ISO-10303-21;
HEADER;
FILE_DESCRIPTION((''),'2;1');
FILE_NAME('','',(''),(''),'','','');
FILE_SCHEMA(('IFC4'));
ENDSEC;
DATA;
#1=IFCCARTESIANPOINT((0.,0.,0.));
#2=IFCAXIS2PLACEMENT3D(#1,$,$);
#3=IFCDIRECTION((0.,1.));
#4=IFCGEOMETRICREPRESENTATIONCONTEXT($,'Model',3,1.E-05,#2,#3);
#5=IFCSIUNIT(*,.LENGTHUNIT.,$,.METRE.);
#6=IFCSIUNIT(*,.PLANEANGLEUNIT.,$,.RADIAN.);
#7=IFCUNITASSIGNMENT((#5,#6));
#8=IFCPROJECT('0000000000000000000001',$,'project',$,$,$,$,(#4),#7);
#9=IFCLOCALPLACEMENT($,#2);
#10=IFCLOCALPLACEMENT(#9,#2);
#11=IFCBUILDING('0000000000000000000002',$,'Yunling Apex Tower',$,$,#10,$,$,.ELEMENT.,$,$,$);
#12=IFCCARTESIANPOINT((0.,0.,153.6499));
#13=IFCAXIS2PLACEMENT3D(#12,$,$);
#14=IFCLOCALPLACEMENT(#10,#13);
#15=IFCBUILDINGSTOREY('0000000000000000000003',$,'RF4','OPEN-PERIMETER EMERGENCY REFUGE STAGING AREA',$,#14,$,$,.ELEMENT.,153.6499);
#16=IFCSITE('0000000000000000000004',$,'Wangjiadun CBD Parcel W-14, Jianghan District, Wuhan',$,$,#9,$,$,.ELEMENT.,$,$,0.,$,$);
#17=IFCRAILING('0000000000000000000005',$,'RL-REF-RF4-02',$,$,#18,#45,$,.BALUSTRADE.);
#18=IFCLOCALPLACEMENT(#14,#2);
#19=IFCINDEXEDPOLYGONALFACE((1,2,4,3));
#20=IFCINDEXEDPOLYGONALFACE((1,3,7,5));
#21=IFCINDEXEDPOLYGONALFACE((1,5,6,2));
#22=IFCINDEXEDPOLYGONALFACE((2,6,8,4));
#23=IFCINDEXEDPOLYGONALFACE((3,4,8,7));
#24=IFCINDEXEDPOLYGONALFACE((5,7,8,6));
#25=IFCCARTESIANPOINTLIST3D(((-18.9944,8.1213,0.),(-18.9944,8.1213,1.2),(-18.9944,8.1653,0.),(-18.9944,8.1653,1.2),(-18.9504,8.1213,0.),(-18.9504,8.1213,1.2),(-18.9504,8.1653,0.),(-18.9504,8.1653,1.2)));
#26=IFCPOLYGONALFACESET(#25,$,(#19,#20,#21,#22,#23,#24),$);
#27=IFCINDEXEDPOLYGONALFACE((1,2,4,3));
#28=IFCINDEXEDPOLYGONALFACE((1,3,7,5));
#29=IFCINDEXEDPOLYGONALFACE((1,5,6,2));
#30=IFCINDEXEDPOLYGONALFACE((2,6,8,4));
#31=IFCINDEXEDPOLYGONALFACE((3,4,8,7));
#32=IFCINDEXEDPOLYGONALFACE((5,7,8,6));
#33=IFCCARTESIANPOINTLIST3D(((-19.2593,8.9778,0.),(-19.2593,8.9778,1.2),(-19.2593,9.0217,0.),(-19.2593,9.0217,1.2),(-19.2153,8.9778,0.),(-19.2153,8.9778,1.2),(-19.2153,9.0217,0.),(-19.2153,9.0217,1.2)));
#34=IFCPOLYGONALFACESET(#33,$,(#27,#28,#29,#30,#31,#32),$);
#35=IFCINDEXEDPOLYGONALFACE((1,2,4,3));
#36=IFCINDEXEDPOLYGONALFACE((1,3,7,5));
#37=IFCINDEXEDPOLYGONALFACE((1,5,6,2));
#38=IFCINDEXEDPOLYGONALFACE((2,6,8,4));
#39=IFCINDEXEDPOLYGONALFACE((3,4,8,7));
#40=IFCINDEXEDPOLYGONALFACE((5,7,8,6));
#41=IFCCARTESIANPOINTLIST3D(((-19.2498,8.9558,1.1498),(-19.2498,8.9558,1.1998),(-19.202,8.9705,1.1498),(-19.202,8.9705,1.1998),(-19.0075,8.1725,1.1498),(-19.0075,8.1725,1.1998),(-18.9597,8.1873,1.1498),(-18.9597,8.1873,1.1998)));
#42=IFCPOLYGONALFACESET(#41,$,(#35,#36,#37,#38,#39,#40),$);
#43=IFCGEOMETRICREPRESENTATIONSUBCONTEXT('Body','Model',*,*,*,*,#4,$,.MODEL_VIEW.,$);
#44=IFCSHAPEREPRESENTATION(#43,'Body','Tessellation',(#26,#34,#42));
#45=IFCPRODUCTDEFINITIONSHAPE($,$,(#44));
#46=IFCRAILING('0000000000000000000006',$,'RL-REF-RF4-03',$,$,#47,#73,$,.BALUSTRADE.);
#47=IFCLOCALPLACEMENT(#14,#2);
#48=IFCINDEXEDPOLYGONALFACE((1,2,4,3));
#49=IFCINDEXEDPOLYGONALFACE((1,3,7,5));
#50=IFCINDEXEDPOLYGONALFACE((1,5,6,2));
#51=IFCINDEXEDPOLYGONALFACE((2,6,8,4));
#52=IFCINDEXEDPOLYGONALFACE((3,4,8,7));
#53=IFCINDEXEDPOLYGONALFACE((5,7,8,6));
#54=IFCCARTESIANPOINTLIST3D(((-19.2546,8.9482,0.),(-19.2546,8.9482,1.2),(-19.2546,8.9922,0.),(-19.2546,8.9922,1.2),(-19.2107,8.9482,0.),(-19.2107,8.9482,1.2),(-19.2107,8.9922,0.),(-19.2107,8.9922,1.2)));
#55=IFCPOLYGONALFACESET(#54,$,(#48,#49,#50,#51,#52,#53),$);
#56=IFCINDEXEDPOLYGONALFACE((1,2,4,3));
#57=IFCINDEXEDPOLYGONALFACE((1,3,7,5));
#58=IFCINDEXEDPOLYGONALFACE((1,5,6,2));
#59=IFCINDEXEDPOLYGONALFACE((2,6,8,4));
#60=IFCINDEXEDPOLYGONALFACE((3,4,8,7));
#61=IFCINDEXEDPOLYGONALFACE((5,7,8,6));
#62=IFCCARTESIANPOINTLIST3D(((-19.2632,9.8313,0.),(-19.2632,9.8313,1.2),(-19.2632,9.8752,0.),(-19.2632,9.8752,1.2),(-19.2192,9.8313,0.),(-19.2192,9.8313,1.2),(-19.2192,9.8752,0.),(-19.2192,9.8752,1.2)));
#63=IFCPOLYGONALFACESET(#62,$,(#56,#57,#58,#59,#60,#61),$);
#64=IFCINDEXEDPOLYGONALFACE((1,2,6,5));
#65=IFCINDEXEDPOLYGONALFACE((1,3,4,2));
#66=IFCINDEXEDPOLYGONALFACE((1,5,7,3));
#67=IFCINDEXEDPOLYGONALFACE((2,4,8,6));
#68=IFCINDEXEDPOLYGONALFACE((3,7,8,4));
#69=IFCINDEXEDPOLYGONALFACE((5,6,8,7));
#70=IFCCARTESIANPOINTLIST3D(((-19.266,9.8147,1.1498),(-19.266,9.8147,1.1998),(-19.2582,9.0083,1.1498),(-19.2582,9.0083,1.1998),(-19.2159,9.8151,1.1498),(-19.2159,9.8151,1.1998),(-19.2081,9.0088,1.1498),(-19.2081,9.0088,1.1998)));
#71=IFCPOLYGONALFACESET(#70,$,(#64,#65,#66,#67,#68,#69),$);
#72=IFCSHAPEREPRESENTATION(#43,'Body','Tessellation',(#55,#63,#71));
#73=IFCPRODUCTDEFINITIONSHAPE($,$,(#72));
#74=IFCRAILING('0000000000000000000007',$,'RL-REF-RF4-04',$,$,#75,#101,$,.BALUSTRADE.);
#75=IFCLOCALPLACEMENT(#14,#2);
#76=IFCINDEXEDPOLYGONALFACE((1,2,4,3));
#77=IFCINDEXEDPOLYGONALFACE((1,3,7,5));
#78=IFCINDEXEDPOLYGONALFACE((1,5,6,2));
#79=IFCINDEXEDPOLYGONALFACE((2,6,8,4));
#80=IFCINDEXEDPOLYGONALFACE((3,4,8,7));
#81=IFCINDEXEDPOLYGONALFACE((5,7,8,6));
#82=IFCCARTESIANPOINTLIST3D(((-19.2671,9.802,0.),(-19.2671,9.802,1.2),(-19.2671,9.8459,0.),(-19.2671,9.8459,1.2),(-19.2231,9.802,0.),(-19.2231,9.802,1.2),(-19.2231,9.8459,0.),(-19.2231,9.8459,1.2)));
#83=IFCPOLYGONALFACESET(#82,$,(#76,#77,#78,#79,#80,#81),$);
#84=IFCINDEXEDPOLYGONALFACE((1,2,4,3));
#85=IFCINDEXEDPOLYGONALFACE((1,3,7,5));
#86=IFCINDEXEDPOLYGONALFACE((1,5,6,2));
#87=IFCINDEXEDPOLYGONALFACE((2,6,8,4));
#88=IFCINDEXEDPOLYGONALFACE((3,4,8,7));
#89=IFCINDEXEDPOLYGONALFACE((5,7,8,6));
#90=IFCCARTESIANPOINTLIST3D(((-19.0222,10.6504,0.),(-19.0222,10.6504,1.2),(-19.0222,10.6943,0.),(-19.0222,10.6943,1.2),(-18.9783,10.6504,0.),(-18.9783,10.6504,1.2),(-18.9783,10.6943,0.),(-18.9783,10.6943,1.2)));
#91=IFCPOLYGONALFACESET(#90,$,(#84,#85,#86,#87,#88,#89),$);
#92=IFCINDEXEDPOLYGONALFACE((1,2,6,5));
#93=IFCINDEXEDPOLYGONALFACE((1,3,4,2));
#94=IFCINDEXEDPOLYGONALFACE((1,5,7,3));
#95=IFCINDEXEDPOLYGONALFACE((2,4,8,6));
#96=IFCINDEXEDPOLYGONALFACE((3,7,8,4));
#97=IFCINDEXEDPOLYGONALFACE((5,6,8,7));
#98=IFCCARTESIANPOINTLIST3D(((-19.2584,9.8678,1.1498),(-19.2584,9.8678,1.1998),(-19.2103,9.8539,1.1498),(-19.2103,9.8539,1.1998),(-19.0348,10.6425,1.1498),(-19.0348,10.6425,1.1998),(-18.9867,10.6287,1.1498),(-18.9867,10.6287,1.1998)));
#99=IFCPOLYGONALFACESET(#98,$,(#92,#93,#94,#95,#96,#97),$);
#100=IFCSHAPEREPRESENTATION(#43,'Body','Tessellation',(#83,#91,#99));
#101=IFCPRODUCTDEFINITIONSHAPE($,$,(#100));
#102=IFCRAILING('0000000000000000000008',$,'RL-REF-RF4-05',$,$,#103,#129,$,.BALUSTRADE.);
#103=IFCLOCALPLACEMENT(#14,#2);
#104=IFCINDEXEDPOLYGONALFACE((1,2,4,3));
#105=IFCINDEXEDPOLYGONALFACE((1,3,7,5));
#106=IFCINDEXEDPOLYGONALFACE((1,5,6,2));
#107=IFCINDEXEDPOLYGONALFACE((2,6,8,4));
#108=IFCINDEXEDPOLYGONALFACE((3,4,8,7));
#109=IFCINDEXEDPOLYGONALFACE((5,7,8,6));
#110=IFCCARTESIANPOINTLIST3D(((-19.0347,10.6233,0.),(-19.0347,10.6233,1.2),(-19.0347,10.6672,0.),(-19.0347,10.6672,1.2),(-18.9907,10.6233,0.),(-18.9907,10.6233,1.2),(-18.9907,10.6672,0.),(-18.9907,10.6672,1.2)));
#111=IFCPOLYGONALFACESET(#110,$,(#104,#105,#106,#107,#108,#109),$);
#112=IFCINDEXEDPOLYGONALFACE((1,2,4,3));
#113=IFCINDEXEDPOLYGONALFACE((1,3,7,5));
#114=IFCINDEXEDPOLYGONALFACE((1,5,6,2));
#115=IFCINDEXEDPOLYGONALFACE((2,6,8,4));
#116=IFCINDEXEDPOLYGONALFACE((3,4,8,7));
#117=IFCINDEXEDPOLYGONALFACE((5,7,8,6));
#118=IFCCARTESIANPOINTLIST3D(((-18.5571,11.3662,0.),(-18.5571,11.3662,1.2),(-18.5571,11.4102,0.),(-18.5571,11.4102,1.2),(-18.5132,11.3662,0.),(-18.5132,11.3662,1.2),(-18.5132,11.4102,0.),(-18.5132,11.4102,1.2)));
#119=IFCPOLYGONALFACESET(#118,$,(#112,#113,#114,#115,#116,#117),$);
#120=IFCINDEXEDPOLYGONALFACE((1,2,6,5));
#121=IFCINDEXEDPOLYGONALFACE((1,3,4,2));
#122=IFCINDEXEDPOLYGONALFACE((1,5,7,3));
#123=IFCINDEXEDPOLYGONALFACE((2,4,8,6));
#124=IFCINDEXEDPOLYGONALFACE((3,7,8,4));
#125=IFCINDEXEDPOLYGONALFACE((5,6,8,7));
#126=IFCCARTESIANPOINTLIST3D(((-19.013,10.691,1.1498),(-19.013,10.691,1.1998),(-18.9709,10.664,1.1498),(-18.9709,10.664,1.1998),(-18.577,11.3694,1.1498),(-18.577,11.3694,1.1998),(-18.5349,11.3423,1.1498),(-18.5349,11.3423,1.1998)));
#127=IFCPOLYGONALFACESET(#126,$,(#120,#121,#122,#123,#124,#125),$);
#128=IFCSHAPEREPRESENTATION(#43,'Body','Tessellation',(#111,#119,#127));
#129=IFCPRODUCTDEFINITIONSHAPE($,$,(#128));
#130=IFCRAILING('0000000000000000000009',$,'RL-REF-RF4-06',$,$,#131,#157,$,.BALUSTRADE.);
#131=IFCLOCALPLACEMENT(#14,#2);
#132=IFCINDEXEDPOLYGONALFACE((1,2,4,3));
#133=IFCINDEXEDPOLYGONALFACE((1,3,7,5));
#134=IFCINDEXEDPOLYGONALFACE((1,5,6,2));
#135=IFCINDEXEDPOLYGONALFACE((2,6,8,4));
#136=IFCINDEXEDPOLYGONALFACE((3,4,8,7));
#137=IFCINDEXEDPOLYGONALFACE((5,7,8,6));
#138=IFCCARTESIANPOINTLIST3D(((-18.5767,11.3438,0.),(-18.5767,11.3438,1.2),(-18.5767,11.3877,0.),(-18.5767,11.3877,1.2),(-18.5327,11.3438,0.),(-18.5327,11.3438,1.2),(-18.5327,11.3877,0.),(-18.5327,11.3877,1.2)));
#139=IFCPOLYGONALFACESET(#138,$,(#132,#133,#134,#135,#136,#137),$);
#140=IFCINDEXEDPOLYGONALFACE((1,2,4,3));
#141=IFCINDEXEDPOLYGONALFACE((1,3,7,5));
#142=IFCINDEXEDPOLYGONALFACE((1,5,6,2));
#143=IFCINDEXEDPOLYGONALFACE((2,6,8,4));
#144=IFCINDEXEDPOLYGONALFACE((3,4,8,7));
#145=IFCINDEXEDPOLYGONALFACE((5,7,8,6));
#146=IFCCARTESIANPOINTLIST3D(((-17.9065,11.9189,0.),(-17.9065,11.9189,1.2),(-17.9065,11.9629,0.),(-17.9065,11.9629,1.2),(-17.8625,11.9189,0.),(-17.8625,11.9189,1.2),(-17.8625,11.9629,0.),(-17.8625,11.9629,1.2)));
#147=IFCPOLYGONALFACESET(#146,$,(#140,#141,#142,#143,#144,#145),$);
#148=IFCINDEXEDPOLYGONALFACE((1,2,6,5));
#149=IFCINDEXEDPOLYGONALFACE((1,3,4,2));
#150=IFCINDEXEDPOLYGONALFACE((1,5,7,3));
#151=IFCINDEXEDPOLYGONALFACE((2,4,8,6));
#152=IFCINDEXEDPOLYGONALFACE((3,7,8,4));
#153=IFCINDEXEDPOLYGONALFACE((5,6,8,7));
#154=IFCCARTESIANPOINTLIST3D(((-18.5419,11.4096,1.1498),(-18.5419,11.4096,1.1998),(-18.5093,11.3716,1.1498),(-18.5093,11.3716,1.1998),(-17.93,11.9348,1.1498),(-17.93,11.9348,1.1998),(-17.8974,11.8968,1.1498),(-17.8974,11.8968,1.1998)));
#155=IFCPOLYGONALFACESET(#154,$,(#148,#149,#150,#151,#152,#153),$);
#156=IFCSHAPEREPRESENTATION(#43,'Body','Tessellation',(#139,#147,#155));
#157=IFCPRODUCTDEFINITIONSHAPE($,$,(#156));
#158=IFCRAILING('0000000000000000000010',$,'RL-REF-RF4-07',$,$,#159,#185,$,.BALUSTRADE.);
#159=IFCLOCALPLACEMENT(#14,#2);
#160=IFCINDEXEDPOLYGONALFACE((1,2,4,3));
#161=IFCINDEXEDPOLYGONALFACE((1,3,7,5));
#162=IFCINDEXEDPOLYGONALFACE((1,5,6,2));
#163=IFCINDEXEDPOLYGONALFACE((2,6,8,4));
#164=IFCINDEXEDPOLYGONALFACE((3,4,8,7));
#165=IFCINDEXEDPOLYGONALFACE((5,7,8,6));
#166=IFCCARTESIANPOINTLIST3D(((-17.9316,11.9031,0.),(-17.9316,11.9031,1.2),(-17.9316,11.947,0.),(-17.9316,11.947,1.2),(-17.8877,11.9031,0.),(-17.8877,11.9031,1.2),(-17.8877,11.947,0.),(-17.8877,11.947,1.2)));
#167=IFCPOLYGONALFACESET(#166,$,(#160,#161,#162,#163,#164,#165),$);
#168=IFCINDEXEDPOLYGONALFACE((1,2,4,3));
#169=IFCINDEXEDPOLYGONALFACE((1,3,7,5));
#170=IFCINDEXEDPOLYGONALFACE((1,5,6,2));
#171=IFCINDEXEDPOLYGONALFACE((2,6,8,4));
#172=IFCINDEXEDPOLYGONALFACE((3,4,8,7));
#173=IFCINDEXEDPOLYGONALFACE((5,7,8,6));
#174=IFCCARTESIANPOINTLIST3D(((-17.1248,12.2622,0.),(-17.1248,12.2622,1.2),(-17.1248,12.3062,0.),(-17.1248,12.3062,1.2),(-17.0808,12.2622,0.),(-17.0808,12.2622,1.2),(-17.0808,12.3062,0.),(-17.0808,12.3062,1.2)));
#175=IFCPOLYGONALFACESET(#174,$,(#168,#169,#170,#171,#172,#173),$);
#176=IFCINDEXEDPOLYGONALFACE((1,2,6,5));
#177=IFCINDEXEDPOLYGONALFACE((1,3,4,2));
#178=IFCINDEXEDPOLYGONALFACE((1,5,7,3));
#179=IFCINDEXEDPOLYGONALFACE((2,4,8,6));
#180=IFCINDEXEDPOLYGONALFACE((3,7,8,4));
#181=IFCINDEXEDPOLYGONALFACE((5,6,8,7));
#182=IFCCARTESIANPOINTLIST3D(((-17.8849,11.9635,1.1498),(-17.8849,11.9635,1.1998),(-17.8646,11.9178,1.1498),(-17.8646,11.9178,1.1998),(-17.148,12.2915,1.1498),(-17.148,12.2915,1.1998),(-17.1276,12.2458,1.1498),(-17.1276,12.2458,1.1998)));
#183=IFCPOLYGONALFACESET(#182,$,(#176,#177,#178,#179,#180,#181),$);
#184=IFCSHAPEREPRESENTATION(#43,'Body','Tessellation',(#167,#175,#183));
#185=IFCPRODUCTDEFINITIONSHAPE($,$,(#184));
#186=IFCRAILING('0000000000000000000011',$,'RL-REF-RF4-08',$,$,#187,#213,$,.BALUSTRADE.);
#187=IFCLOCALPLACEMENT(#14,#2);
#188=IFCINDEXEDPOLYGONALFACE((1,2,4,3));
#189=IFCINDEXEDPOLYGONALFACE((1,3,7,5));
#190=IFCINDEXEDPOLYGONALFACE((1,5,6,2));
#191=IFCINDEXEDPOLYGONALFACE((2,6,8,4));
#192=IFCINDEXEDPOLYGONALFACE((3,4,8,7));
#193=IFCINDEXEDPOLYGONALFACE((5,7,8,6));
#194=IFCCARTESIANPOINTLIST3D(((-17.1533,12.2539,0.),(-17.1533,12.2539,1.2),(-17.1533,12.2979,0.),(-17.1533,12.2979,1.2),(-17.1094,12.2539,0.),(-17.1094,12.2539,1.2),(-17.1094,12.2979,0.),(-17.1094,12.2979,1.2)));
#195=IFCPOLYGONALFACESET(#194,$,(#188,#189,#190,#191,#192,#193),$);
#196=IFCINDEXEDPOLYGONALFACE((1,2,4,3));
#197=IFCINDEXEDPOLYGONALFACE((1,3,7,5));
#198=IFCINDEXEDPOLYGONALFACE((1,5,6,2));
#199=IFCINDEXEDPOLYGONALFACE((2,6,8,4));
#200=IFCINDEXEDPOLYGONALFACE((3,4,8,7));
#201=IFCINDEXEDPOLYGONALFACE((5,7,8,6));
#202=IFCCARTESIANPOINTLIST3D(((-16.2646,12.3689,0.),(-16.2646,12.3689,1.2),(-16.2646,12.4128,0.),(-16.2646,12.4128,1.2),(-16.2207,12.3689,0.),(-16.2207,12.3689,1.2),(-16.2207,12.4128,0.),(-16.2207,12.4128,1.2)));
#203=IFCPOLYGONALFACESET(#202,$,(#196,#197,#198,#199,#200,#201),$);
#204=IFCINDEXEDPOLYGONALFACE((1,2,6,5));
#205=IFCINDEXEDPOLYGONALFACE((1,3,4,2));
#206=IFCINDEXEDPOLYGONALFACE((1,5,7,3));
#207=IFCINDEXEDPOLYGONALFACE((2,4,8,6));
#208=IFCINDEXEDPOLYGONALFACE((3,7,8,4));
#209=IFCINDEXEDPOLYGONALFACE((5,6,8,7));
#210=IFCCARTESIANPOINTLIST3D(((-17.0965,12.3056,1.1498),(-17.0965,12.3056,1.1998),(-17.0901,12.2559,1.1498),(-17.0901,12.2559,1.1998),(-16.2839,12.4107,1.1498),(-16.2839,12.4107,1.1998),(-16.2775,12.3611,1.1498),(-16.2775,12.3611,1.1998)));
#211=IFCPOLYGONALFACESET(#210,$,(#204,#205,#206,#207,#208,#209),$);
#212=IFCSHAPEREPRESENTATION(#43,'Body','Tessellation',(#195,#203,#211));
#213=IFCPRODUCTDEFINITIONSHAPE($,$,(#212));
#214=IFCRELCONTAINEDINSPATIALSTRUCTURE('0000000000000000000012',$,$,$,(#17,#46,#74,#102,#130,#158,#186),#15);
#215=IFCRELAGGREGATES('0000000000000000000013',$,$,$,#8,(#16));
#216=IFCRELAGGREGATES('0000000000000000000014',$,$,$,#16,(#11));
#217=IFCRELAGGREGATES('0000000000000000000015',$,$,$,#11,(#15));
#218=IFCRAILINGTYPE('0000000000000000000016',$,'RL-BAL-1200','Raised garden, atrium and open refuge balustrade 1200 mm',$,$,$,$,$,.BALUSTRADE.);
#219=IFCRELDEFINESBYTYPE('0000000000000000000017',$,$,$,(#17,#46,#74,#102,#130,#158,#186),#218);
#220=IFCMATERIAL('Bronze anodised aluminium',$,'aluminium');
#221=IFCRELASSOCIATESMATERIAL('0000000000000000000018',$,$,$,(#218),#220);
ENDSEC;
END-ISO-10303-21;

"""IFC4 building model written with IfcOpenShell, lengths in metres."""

from ifc_helpers import new_model, si_unit, direction, frame, origin, origin_2d, place, context, subcontext, project, spatial, rectangle, extrude, material, type_object, element, save


model = new_model("IFC4")

# Units and contexts
model_context = context("Model", 3, precision=1e-05, world=origin(), true_north=direction((0.0, 1.0)))
body_context = subcontext(model_context, "Body", "Model", "MODEL_VIEW")
ifc_project = project(units=[si_unit("LENGTHUNIT", "METRE"), si_unit("PLANEANGLEUNIT", "RADIAN")], contexts=[model_context])

# Site, building, storey
site_placement = place(None, origin())
site = spatial("IfcSite", under=ifc_project, at=site_placement, Name="Wangjiadun CBD Parcel W-14, Jianghan District, Wuhan", CompositionType="ELEMENT", RefElevation=0.0)
building_placement = place(site_placement, origin())
building = spatial("IfcBuilding", under=site, at=building_placement, Name="Yunling Apex Tower", CompositionType="ELEMENT")
storey_placement = place(building_placement, frame((0.0, 0.0, 153.6499)))
storey = spatial("IfcBuildingStorey", under=building, at=storey_placement, Name="RF4", Description="OPEN-PERIMETER EMERGENCY REFUGE STAGING AREA", CompositionType="ELEMENT", Elevation=153.6499)

# Railings
ifc_material_1 = material(Name="Bronze anodised aluminium", Category="aluminium")
railing_type = type_object("IfcRailingType", Name="RL-BAL-1200", Description="Raised garden, atrium and open refuge balustrade 1200 mm", PredefinedType="BALUSTRADE", material=ifc_material_1)
railing_1_placement = place(storey_placement, frame((-18.9724, 8.1433, 0.0)))
element("IfcRailing", 1, at=railing_1_placement, inside=storey, type_object=railing_type, Name="RL-REF-RF4-02", PredefinedType="BALUSTRADE", context=body_context, shape_type="SweptSolid", body=[
    extrude(rectangle(XDim=0.0439, YDim=0.0439, at=origin_2d()), origin(), (0.0, 0.0, 1.0), 1.2),
    extrude(rectangle(XDim=0.0439, YDim=0.0439, at=origin_2d()), frame((-0.2649, 0.8564, 0.0)), (0.0, 0.0, 1.0), 1.2),
    extrude(rectangle(XDim=0.05, YDim=0.05, at=origin_2d()), frame((-0.0112, 0.0366, 1.1748), z_axis=(-0.295483, 0.955348, 0.0), x_axis=(-0.955348, -0.295483, 0.0)), (0.0, 0.0, 1.0), 0.8198),
])
railing_2_placement = place(storey_placement, frame((-19.2327, 8.9702, 0.0)))
element("IfcRailing", 2, at=railing_2_placement, inside=storey, type_object=railing_type, Name="RL-REF-RF4-03", PredefinedType="BALUSTRADE", context=body_context, shape_type="SweptSolid", body=[
    extrude(rectangle(XDim=0.0439, YDim=0.0439, at=origin_2d()), origin(), (0.0, 0.0, 1.0), 1.2),
    extrude(rectangle(XDim=0.0439, YDim=0.0439, at=origin_2d()), frame((-0.0085, 0.8831, 0.0)), (0.0, 0.0, 1.0), 1.2),
    extrude(rectangle(XDim=0.05, YDim=0.05, at=origin_2d()), frame((-0.0005, 0.0383, 1.1748), z_axis=(-0.009676, 0.999953, 0.0), x_axis=(-0.999953, -0.009676, 0.0)), (0.0, 0.0, 1.0), 0.8064),
])
railing_3_placement = place(storey_placement, frame((-19.2451, 9.824, 0.0)))
element("IfcRailing", 3, at=railing_3_placement, inside=storey, type_object=railing_type, Name="RL-REF-RF4-04", PredefinedType="BALUSTRADE", context=body_context, shape_type="SweptSolid", body=[
    extrude(rectangle(XDim=0.0439, YDim=0.0439, at=origin_2d()), origin(), (0.0, 0.0, 1.0), 1.2),
    extrude(rectangle(XDim=0.0439, YDim=0.0439, at=origin_2d()), frame((0.2449, 0.8484, 0.0)), (0.0, 0.0, 1.0), 1.2),
    extrude(rectangle(XDim=0.05, YDim=0.05, at=origin_2d()), frame((0.0107, 0.0369, 1.1748), z_axis=(0.277313, 0.96078, 0.0), x_axis=(-0.96078, 0.277313, 0.0)), (0.0, 0.0, 1.0), 0.8064),
])
railing_4_placement = place(storey_placement, frame((-19.0127, 10.6453, 0.0)))
element("IfcRailing", 4, at=railing_4_placement, inside=storey, type_object=railing_type, Name="RL-REF-RF4-05", PredefinedType="BALUSTRADE", context=body_context, shape_type="SweptSolid", body=[
    extrude(rectangle(XDim=0.0439, YDim=0.0439, at=origin_2d()), origin(), (0.0, 0.0, 1.0), 1.2),
    extrude(rectangle(XDim=0.0439, YDim=0.0439, at=origin_2d()), frame((0.4775, 0.7429, 0.0)), (0.0, 0.0, 1.0), 1.2),
    extrude(rectangle(XDim=0.05, YDim=0.05, at=origin_2d()), frame((0.0208, 0.0322, 1.1748), z_axis=(0.540716, 0.841205, 0.0), x_axis=(-0.841205, 0.540716, 0.0)), (0.0, 0.0, 1.0), 0.8064),
])
railing_5_placement = place(storey_placement, frame((-18.5547, 11.3657, 0.0)))
element("IfcRailing", 5, at=railing_5_placement, inside=storey, type_object=railing_type, Name="RL-REF-RF4-06", PredefinedType="BALUSTRADE", context=body_context, shape_type="SweptSolid", body=[
    extrude(rectangle(XDim=0.0439, YDim=0.0439, at=origin_2d()), origin(), (0.0, 0.0, 1.0), 1.2),
    extrude(rectangle(XDim=0.0439, YDim=0.0439, at=origin_2d()), frame((0.6702, 0.5752, 0.0)), (0.0, 0.0, 1.0), 1.2),
    extrude(rectangle(XDim=0.05, YDim=0.05, at=origin_2d()), frame((0.0291, 0.0249, 1.1748), z_axis=(0.758827, 0.651292, 0.0), x_axis=(-0.651292, 0.758827, 0.0)), (0.0, 0.0, 1.0), 0.8064),
])
railing_6_placement = place(storey_placement, frame((-17.9097, 11.925, 0.0)))
element("IfcRailing", 6, at=railing_6_placement, inside=storey, type_object=railing_type, Name="RL-REF-RF4-07", PredefinedType="BALUSTRADE", context=body_context, shape_type="SweptSolid", body=[
    extrude(rectangle(XDim=0.0439, YDim=0.0439, at=origin_2d()), origin(), (0.0, 0.0, 1.0), 1.2),
    extrude(rectangle(XDim=0.0439, YDim=0.0439, at=origin_2d()), frame((0.8069, 0.3591, 0.0)), (0.0, 0.0, 1.0), 1.2),
    extrude(rectangle(XDim=0.05, YDim=0.05, at=origin_2d()), frame((0.0349, 0.0156, 1.1748), z_axis=(0.913595, 0.406626, 0.0), x_axis=(-0.406626, 0.913595, 0.0)), (0.0, 0.0, 1.0), 0.8066),
])
railing_7_placement = place(storey_placement, frame((-17.1313, 12.2759, 0.0)))
element("IfcRailing", 7, at=railing_7_placement, inside=storey, type_object=railing_type, Name="RL-REF-RF4-08", PredefinedType="BALUSTRADE", context=body_context, shape_type="SweptSolid", body=[
    extrude(rectangle(XDim=0.0439, YDim=0.0439, at=origin_2d()), origin(), (0.0, 0.0, 1.0), 1.2),
    extrude(rectangle(XDim=0.0439, YDim=0.0439, at=origin_2d()), frame((0.8887, 0.115, 0.0)), (0.0, 0.0, 1.0), 1.2),
    extrude(rectangle(XDim=0.05, YDim=0.05, at=origin_2d()), frame((0.0381, 0.0049, 1.1748), z_axis=(0.991732, 0.128326, 0.0), x_axis=(-0.128326, 0.991732, 0.0)), (0.0, 0.0, 1.0), 0.8193),
])

save(model, "model.ifc")
